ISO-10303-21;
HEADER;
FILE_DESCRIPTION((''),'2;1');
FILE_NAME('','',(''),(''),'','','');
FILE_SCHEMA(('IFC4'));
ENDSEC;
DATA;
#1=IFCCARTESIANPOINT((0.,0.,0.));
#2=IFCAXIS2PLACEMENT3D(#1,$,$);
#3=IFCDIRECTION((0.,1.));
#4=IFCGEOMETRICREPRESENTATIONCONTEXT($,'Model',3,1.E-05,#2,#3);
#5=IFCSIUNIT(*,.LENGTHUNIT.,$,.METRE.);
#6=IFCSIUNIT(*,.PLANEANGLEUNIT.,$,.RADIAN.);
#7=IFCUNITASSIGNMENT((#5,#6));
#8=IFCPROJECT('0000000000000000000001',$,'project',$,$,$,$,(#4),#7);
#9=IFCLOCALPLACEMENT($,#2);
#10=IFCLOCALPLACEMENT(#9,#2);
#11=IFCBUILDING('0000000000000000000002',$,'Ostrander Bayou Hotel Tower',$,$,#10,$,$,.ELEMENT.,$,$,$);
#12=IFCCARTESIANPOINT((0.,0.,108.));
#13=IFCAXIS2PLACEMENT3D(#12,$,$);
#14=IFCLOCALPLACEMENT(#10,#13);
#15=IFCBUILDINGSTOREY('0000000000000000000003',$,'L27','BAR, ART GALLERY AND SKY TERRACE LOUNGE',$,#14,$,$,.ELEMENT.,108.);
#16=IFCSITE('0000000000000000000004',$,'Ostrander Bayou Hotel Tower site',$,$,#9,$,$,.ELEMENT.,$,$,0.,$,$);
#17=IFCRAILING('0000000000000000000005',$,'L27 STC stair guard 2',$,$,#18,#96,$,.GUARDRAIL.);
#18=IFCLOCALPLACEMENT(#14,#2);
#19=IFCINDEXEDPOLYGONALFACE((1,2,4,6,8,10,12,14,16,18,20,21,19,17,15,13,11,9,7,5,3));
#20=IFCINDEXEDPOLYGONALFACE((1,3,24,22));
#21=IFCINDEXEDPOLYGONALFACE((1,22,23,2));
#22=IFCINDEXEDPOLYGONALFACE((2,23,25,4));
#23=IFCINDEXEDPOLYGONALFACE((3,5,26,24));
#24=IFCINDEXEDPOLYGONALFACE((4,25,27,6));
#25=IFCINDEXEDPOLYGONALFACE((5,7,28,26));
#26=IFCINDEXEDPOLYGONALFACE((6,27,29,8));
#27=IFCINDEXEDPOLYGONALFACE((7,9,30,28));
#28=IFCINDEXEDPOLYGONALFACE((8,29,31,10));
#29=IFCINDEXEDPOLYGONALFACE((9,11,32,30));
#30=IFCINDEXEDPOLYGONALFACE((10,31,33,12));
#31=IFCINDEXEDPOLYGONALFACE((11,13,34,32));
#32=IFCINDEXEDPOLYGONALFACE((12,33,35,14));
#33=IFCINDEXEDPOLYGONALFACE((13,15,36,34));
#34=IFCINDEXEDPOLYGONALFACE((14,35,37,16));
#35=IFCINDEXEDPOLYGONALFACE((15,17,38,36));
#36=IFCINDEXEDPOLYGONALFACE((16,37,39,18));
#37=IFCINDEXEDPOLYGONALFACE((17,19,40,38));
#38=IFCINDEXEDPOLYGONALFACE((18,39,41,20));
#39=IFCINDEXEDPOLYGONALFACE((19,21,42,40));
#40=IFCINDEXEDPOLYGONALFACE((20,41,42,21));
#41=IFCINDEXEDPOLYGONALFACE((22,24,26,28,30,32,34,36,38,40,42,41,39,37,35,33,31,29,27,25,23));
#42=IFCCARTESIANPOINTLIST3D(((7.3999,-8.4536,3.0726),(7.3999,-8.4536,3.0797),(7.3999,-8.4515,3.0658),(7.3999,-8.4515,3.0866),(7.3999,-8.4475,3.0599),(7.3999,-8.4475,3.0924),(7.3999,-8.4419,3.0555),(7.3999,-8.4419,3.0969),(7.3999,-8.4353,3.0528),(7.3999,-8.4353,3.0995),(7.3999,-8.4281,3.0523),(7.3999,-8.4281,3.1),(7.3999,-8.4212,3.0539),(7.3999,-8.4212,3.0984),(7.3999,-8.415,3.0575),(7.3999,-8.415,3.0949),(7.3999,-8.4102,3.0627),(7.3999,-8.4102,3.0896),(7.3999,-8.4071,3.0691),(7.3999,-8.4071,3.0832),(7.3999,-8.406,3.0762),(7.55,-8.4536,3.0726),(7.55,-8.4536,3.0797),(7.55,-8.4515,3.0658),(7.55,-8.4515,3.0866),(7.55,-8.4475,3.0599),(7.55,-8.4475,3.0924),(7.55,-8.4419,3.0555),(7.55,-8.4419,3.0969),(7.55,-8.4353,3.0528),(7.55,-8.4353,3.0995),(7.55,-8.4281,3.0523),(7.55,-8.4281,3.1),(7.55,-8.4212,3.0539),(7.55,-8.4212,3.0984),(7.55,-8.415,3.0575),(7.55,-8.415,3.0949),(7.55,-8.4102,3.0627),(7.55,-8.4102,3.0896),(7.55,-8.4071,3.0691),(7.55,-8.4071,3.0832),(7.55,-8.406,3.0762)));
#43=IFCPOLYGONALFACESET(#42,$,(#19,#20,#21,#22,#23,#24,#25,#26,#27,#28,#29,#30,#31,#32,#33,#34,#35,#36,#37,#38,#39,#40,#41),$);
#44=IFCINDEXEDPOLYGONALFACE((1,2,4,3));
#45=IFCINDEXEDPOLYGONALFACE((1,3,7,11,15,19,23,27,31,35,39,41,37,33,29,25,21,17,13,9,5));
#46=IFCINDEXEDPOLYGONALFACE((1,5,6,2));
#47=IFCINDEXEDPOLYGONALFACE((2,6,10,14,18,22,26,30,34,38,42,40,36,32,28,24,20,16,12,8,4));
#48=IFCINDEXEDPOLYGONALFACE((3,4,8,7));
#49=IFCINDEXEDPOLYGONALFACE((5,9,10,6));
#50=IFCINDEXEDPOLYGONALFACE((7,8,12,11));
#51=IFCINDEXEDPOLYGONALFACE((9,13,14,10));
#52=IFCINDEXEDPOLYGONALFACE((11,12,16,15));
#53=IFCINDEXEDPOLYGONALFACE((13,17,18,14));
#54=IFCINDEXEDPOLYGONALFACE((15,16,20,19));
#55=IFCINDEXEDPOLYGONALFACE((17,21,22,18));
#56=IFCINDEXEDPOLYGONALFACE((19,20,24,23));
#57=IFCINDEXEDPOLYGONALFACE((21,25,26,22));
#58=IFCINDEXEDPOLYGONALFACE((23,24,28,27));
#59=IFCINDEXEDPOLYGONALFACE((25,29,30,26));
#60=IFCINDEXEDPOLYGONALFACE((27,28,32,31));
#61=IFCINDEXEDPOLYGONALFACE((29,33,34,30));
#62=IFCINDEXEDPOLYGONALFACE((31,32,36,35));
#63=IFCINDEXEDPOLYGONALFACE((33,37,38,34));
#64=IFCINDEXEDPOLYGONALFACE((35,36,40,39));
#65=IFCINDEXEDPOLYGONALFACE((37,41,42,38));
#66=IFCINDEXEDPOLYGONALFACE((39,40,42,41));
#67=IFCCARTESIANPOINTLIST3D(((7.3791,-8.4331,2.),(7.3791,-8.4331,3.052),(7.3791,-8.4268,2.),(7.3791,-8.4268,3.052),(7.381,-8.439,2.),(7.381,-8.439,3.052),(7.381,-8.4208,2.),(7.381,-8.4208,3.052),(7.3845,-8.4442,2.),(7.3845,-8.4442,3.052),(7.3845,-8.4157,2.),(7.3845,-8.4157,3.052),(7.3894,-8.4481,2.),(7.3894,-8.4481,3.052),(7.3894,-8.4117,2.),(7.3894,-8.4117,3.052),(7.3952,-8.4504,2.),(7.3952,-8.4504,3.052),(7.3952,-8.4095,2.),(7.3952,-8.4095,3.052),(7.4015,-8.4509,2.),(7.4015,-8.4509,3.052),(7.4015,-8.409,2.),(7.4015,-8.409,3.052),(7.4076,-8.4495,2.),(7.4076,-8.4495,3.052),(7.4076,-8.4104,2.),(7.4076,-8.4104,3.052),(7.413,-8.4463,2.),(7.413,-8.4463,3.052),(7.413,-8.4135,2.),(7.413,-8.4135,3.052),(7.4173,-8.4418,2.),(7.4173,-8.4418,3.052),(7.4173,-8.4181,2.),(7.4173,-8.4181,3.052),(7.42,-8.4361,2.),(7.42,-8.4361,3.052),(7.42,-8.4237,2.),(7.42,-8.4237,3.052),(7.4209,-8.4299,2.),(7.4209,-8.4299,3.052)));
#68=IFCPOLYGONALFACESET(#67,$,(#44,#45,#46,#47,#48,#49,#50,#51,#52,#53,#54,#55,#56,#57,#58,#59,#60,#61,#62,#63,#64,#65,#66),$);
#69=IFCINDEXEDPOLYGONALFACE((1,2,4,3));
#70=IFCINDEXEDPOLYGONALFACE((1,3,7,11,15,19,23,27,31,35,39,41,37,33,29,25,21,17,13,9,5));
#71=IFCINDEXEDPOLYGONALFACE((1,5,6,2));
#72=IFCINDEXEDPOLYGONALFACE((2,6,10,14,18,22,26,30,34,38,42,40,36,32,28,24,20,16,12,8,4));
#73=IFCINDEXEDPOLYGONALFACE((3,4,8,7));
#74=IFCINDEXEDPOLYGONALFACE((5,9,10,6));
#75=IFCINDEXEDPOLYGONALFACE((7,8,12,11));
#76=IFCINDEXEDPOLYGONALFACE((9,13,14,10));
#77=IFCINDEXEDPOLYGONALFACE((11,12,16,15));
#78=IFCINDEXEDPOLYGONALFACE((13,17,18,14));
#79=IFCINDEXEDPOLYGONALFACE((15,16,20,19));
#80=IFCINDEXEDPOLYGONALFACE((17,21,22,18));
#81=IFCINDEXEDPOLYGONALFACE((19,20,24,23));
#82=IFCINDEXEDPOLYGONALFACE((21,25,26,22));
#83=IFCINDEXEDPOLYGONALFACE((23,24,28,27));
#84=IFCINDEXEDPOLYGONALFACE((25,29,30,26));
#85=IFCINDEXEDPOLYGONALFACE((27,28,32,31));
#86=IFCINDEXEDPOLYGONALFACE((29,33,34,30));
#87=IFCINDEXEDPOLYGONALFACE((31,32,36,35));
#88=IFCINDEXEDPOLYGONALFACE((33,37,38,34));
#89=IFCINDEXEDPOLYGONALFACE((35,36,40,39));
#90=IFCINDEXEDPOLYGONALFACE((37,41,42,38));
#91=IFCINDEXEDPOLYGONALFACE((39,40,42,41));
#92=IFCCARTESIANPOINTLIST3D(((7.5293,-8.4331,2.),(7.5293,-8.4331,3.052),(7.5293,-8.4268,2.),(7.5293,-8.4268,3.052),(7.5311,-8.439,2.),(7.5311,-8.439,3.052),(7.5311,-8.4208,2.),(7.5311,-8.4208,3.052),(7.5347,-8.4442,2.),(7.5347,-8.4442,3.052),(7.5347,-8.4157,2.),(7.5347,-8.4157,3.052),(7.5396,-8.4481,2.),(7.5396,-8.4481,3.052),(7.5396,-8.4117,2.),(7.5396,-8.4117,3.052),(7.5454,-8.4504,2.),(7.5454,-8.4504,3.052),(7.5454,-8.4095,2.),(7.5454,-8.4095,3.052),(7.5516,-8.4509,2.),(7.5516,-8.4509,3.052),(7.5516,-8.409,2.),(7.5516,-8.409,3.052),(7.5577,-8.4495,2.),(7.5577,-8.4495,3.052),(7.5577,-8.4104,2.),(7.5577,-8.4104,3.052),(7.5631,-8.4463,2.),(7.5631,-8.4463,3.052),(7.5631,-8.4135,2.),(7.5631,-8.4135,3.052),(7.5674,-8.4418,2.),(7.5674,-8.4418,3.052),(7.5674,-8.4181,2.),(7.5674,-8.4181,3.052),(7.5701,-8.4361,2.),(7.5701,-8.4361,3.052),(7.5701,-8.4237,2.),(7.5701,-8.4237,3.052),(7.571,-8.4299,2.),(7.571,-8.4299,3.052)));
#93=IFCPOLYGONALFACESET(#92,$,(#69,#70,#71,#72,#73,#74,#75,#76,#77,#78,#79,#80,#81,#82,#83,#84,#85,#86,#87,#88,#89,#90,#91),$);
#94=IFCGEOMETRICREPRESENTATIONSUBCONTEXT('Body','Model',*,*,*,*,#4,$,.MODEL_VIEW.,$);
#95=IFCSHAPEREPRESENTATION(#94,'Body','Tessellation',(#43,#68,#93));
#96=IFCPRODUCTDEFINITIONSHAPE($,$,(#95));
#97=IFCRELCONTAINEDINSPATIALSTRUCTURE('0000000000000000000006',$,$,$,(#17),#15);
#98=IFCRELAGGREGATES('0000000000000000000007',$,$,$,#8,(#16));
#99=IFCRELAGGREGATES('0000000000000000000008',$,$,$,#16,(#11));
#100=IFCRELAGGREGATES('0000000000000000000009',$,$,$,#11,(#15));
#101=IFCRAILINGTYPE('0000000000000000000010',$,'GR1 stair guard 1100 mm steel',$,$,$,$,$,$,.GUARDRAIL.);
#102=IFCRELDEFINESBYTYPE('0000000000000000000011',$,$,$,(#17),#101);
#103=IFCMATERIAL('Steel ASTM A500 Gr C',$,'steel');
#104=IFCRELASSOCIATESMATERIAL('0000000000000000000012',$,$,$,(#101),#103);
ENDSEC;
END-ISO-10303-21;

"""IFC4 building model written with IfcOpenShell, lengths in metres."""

from ifc_helpers import new_model, si_unit, direction, frame, origin, origin_2d, place, context, subcontext, project, spatial, circle, extrude, material, type_object, element, save


model = new_model("IFC4")

# Units and contexts
model_context = context("Model", 3, precision=1e-05, world=origin(), true_north=direction((0.0, 1.0)))
body_context = subcontext(model_context, "Body", "Model", "MODEL_VIEW")
ifc_project = project(units=[si_unit("LENGTHUNIT", "METRE"), si_unit("PLANEANGLEUNIT", "RADIAN")], contexts=[model_context])

# Site, building, storey
site_placement = place(None, origin())
site = spatial("IfcSite", under=ifc_project, at=site_placement, Name="Ostrander Bayou Hotel Tower site", CompositionType="ELEMENT", RefElevation=0.0)
building_placement = place(site_placement, origin())
building = spatial("IfcBuilding", under=site, at=building_placement, Name="Ostrander Bayou Hotel Tower", CompositionType="ELEMENT")
storey_placement = place(building_placement, frame((0.0, 0.0, 108.0)))
storey = spatial("IfcBuildingStorey", under=building, at=storey_placement, Name="L27", Description="BAR, ART GALLERY AND SKY TERRACE LOUNGE", CompositionType="ELEMENT", Elevation=108.0)

# Railing
ifc_material_1 = material(Name="Steel ASTM A500 Gr C", Category="steel")
railing_type_1 = type_object("IfcRailingType", Name="GR1 stair guard 1100 mm steel", PredefinedType="GUARDRAIL", material=ifc_material_1)
railing_1_placement = place(storey_placement, frame((7.3999, -8.4299, 2.0)))
element("IfcRailing", 1, at=railing_1_placement, inside=storey, type_object=railing_type_1, Name="L27 STC stair guard 2", PredefinedType="GUARDRAIL", context=body_context, shape_type="SweptSolid", body=[
    extrude(circle(Radius=0.0239, at=origin_2d()), frame((0.0, 0.0, 1.0762), z_axis=(1.0, 0.0, 0.0), x_axis=(0.0, 1.0, 0.0)), (0.0, 0.0, 1.0), 0.1501),
    extrude(circle(Radius=0.021, at=origin_2d()), origin(), (0.0, 0.0, 1.0), 1.052),
    extrude(circle(Radius=0.021, at=origin_2d()), frame((0.1501, 0.0, 0.0)), (0.0, 0.0, 1.0), 1.052),
])

save(model, "model.ifc")
